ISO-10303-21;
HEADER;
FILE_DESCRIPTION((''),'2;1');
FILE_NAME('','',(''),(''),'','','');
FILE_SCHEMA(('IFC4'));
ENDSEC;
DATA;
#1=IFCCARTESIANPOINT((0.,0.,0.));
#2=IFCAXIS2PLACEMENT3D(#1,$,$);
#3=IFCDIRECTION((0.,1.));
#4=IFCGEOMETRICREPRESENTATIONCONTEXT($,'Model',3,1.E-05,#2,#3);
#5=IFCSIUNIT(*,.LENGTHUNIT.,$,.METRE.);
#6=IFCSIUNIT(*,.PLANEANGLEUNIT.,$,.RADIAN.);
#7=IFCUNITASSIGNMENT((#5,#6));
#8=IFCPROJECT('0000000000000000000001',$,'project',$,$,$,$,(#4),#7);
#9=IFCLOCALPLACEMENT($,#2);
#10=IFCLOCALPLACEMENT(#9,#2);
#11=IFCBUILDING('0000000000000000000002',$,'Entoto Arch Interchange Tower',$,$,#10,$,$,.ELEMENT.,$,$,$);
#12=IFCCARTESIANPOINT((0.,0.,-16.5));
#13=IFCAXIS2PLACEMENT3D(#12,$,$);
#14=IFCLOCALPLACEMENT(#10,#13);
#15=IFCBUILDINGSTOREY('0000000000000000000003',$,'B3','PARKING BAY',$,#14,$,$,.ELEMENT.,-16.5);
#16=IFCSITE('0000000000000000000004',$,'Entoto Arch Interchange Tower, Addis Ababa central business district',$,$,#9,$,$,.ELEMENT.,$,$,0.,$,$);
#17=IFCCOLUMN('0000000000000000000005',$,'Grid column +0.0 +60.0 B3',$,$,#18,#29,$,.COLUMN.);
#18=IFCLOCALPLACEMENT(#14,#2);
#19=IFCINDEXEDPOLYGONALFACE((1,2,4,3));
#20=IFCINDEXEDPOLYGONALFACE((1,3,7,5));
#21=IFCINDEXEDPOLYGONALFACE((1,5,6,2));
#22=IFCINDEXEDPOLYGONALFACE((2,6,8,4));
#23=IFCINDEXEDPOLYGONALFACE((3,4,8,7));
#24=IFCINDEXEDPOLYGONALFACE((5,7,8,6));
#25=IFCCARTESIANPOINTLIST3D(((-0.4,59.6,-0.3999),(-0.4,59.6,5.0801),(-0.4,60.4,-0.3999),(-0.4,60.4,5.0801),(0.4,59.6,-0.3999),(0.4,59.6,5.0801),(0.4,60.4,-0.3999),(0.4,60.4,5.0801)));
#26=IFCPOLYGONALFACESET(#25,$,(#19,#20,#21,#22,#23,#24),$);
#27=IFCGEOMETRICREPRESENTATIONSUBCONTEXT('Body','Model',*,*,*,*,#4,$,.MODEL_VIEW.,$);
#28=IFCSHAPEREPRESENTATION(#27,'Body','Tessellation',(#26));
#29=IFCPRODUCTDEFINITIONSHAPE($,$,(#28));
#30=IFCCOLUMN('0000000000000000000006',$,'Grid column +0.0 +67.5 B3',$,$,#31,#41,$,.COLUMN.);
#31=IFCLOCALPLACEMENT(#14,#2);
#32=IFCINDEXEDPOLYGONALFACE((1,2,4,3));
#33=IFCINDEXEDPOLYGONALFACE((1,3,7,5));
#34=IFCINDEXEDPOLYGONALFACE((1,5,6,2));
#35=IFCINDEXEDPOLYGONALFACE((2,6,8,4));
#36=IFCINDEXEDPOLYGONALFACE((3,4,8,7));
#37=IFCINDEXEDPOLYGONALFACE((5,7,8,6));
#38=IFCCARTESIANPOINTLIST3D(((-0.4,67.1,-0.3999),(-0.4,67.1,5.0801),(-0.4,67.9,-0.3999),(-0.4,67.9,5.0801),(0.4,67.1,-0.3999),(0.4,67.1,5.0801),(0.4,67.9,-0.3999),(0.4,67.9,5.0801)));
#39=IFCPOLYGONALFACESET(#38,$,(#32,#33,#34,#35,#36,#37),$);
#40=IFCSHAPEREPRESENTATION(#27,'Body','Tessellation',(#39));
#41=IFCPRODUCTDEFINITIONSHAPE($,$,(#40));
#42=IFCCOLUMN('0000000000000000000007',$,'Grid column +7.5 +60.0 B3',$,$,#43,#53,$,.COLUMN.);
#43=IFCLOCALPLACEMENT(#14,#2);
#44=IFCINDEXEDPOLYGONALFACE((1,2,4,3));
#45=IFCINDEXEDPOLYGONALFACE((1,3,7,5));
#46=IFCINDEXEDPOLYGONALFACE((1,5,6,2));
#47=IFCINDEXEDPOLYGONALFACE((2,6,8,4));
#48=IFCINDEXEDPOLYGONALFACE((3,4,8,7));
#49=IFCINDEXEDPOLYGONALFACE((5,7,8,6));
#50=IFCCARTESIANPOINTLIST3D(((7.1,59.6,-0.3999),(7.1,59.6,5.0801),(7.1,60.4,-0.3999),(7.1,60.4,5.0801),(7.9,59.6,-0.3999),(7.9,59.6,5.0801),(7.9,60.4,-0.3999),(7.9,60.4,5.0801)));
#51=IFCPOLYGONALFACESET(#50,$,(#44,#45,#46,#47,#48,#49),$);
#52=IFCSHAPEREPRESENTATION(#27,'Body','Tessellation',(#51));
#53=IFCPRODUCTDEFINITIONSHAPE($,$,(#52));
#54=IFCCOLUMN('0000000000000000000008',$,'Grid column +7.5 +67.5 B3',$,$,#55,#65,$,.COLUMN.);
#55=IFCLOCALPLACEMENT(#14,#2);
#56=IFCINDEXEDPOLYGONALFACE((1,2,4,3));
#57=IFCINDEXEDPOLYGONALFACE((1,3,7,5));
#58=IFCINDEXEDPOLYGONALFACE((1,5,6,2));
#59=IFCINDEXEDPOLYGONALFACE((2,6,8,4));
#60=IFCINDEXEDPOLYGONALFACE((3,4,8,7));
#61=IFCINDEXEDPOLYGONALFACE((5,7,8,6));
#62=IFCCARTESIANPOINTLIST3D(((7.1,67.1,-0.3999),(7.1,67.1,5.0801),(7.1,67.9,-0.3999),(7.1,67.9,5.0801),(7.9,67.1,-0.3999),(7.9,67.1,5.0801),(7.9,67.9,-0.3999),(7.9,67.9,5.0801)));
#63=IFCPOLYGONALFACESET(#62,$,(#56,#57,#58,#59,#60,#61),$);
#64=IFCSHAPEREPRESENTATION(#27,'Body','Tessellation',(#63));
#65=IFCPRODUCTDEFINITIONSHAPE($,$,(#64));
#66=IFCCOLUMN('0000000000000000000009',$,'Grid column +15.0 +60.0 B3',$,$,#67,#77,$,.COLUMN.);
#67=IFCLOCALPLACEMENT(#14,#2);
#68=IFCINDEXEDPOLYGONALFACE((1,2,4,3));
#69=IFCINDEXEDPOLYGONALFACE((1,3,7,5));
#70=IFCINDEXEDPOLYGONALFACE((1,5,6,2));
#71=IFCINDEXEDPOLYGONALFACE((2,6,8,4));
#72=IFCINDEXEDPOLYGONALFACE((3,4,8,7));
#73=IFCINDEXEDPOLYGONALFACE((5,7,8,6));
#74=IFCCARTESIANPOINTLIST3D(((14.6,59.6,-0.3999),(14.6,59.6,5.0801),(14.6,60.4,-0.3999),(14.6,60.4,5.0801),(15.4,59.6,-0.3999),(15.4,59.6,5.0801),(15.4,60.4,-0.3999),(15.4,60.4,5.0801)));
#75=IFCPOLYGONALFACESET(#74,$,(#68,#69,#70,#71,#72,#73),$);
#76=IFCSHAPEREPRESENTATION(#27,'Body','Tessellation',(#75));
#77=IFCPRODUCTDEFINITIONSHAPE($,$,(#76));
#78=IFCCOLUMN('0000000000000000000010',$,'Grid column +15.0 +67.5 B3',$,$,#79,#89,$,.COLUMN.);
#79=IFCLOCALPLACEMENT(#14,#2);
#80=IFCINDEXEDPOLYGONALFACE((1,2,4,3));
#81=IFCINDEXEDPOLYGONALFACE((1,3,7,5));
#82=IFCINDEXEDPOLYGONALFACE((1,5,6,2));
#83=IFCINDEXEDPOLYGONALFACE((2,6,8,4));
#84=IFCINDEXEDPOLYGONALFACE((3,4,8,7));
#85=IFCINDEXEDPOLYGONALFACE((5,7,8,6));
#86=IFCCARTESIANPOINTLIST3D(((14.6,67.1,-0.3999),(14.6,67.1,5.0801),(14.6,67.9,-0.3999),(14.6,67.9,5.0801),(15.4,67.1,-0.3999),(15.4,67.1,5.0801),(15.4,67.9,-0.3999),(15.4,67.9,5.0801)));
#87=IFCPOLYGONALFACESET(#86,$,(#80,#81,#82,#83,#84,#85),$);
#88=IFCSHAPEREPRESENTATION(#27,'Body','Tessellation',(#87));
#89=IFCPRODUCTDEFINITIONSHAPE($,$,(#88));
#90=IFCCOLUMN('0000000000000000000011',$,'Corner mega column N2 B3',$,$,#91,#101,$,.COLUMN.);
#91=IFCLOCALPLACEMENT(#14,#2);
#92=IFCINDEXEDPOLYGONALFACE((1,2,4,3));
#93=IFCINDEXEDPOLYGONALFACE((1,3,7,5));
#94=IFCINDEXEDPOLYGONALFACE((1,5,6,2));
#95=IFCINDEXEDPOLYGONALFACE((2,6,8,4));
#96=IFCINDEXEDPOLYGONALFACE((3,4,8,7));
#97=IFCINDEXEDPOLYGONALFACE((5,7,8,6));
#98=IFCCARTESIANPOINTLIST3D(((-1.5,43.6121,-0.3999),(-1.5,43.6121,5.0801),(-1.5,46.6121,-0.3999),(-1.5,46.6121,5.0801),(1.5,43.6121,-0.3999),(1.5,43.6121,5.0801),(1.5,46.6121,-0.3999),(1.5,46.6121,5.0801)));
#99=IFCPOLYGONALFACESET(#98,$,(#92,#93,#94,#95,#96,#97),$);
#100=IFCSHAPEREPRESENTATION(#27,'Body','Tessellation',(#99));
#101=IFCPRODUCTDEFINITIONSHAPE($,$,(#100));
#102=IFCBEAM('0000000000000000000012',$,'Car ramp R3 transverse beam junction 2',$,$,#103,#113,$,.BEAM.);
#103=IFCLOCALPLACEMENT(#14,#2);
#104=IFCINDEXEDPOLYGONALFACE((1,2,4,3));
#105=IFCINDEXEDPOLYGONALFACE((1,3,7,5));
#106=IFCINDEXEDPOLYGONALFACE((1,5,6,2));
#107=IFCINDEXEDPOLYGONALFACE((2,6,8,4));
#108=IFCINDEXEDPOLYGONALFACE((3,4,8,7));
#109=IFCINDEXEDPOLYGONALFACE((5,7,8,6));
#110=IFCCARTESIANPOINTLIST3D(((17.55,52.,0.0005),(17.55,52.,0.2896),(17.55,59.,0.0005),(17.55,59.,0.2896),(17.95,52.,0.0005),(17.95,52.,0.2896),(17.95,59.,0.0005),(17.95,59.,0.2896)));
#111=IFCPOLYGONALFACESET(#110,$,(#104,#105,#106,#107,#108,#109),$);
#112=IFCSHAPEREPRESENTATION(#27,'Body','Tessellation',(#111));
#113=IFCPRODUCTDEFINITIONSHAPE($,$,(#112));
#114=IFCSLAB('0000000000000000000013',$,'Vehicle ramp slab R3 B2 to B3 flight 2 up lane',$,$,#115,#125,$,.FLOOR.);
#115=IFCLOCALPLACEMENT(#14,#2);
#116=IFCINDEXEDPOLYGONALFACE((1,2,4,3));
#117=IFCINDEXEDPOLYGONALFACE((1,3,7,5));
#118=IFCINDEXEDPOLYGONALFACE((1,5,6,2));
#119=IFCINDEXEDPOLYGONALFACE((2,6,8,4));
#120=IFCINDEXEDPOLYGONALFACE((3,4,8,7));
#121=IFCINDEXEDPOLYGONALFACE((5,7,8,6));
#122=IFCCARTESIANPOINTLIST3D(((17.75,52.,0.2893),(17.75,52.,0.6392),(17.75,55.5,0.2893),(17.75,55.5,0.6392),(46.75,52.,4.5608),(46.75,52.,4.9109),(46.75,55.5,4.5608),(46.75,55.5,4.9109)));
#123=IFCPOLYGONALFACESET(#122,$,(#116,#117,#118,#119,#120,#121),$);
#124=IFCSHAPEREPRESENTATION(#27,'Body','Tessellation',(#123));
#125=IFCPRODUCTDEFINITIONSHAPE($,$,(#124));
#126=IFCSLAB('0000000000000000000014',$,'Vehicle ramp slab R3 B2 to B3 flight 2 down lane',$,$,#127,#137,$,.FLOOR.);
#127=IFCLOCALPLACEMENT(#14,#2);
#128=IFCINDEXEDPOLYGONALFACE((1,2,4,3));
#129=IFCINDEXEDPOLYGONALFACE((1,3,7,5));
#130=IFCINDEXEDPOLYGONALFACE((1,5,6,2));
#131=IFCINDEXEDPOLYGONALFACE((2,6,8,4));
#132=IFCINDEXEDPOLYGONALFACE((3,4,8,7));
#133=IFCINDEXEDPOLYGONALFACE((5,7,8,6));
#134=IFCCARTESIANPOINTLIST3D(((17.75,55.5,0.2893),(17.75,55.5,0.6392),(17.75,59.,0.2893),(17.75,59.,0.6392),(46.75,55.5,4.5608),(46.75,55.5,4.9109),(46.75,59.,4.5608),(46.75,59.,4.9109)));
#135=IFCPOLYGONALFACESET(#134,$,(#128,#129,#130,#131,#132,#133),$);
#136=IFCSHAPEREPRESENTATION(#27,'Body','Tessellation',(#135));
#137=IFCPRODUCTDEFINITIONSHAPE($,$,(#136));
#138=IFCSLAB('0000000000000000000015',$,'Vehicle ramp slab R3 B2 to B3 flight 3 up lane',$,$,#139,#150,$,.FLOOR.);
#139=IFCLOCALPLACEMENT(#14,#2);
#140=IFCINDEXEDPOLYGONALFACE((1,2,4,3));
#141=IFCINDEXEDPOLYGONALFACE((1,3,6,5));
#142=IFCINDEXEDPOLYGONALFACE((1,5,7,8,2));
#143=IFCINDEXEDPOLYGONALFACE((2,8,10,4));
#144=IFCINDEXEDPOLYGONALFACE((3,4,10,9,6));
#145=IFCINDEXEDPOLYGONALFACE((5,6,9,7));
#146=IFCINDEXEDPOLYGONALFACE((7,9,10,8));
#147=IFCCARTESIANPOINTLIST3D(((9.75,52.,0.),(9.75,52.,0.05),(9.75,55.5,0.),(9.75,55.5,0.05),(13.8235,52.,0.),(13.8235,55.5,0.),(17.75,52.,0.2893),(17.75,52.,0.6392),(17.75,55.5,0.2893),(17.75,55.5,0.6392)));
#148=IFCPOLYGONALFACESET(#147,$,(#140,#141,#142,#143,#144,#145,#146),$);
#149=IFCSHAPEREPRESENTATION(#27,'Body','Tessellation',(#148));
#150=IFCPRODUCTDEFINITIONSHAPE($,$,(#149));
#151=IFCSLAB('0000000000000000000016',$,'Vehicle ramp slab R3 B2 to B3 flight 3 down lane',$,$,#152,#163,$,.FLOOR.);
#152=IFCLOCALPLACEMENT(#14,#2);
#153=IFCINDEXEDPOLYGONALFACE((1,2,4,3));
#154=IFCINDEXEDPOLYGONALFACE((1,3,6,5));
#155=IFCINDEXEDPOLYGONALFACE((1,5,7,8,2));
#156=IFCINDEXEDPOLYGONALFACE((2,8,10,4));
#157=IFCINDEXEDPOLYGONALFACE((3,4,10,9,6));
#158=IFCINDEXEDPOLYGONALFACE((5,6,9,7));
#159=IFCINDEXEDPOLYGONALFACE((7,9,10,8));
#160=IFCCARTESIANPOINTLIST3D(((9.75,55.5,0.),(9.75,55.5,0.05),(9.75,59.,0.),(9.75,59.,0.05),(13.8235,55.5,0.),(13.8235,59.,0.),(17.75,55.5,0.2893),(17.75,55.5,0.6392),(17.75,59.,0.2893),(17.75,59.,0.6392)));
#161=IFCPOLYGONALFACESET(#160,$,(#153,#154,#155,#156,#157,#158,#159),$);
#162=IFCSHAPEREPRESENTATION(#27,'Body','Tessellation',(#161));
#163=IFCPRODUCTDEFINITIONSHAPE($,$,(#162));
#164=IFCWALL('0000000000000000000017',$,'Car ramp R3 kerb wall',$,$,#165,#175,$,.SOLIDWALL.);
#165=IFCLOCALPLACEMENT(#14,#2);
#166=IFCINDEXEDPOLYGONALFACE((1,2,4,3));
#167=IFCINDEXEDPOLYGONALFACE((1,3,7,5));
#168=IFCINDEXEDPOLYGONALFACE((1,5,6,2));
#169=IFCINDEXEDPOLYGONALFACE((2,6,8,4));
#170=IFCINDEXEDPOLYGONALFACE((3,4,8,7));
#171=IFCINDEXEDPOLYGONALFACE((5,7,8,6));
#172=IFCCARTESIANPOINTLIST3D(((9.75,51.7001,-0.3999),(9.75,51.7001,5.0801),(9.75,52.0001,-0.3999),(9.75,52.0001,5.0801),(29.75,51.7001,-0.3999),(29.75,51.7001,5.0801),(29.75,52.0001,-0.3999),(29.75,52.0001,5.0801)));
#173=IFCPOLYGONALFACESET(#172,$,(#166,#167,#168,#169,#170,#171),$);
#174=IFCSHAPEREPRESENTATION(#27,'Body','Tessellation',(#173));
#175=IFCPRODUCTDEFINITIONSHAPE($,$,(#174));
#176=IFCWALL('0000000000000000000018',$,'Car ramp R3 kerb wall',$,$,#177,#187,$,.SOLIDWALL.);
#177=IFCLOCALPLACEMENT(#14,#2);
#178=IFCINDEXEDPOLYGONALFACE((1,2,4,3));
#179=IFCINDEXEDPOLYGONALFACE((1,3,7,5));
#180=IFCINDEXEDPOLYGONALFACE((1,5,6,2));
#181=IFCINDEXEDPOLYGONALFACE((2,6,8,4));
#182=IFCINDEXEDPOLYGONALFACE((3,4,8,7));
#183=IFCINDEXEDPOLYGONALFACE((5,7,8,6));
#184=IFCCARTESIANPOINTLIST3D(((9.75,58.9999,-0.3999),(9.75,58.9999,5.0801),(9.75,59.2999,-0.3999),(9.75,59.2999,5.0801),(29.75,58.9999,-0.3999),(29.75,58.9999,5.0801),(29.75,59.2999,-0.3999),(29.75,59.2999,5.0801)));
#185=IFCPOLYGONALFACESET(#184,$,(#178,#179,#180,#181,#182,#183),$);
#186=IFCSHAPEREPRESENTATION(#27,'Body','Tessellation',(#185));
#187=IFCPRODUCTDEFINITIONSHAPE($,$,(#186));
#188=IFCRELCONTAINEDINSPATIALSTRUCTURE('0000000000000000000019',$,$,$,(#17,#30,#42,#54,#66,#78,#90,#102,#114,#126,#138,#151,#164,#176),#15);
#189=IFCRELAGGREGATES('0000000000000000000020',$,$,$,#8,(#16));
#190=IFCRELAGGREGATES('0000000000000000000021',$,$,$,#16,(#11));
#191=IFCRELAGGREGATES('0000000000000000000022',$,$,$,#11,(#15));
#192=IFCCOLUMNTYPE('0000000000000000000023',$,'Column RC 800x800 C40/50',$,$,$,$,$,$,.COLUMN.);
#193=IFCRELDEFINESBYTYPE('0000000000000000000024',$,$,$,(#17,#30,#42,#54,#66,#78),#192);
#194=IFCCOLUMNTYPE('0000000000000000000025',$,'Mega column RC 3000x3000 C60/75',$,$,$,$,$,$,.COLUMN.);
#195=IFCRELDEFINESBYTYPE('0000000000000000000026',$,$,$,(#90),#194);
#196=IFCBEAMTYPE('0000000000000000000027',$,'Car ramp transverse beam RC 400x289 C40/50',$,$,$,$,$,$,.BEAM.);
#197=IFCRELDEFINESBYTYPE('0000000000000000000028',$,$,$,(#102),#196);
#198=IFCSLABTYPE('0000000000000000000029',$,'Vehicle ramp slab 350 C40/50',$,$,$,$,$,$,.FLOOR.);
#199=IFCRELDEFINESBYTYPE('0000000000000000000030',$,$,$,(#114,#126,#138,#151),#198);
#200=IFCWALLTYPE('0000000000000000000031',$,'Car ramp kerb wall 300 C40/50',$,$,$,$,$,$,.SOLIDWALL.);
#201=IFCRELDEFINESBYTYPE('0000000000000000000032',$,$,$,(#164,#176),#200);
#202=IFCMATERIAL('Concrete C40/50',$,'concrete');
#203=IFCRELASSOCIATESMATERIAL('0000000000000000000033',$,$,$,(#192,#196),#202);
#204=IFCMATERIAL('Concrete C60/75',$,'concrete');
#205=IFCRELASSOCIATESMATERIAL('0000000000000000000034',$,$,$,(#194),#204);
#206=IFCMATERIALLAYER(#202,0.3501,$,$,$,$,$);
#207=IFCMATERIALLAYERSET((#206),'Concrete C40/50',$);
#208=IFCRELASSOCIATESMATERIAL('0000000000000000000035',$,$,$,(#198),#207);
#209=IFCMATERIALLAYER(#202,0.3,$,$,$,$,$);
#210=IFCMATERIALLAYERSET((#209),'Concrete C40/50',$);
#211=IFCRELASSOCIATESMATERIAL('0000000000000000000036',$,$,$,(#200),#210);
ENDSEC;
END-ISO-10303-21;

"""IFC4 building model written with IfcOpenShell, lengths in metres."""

from ifc_helpers import new_model, si_unit, direction, frame, frame_2d, origin, origin_2d, place, context, subcontext, project, spatial, polyline, rectangle, outline, extrude, material, layer, layer_set, material_profile, profile_set, type_object, element, save


model = new_model("IFC4")

# Units and contexts
model_context = context("Model", 3, precision=1e-05, world=origin(), true_north=direction((0.0, 1.0)))
body_context = subcontext(model_context, "Body", "Model", "MODEL_VIEW")
ifc_project = project(units=[si_unit("LENGTHUNIT", "METRE"), si_unit("PLANEANGLEUNIT", "RADIAN")], contexts=[model_context])

# Site, building, storey
site_placement = place(None, origin())
site = spatial("IfcSite", under=ifc_project, at=site_placement, Name="Entoto Arch Interchange Tower, Addis Ababa central business district", CompositionType="ELEMENT", RefElevation=0.0)
building_placement = place(site_placement, origin())
building = spatial("IfcBuilding", under=site, at=building_placement, Name="Entoto Arch Interchange Tower", CompositionType="ELEMENT")
storey_placement = place(building_placement, frame((0.0, 0.0, -16.5)))
storey = spatial("IfcBuildingStorey", under=building, at=storey_placement, Name="B3", Description="PARKING BAY", CompositionType="ELEMENT", Elevation=-16.5)

# Columns
ifc_material_1 = material(Name="Concrete C60/75", Category="concrete")
ifc_material_2 = material(Name="Concrete C40/50", Category="concrete")
ifc_material_profile_1 = material_profile(ifc_material_2, rectangle(XDim=0.8, YDim=0.8, at=origin_2d()))
ifc_profile_set_1 = profile_set([ifc_material_profile_1], Name="Concrete C40/50")
column_type_1 = type_object("IfcColumnType", Name="Column RC 800x800 C40/50", PredefinedType="COLUMN", material=ifc_profile_set_1)
for number, where, z_axis, x_axis, name in (
    (1, (0.0, 60.0, -0.3999), (0.0, 0.0, 1.0), (1.0, 0.0, 0.0), "Grid column +0.0 +60.0 B3"),
    (2, (0.0, 67.5, -0.3999), (0.0, 0.0, 1.0), (1.0, 0.0, 0.0), "Grid column +0.0 +67.5 B3"),
    (3, (7.5, 60.0, -0.3999), (0.0, 0.0, 1.0), (1.0, 0.0, 0.0), "Grid column +7.5 +60.0 B3"),
    (4, (7.5, 67.5, -0.3999), (0.0, 0.0, 1.0), (1.0, 0.0, 0.0), "Grid column +7.5 +67.5 B3"),
    (5, (15.0, 60.0, -0.3999), (0.0, 0.0, 1.0), (1.0, 0.0, 0.0), "Grid column +15.0 +60.0 B3"),
    (6, (15.0, 67.5, -0.3999), (0.0, 0.0, 1.0), (1.0, 0.0, 0.0), "Grid column +15.0 +67.5 B3"),
):
    element("IfcColumn", number, at=place(storey_placement, frame(where, z_axis=z_axis, x_axis=x_axis)), inside=storey, type_object=column_type_1, Name=name, PredefinedType="COLUMN", context=body_context, shape_type="SweptSolid", body=[
        extrude(rectangle(XDim=0.8, YDim=0.8, at=origin_2d()), origin(), (0.0, 0.0, 1.0), 5.48),
    ])
ifc_material_profile_2 = material_profile(ifc_material_1, rectangle(XDim=3.0, YDim=3.0, at=origin_2d()))
ifc_profile_set_2 = profile_set([ifc_material_profile_2], Name="Concrete C60/75")
column_type_2 = type_object("IfcColumnType", Name="Mega column RC 3000x3000 C60/75", PredefinedType="COLUMN", material=ifc_profile_set_2)
column_placement = place(storey_placement, frame((0.0, 45.1121, -0.3999), z_axis=(0.0, 0.0, 1.0), x_axis=(0.0, 1.0, 0.0)))
element("IfcColumn", 7, at=column_placement, inside=storey, type_object=column_type_2, Name="Corner mega column N2 B3", PredefinedType="COLUMN", context=body_context, shape_type="SweptSolid", body=[
    extrude(rectangle(XDim=3.0, YDim=3.0, at=origin_2d()), origin(), (0.0, 0.0, 1.0), 5.48),
])

# Beam
ifc_material_profile_3 = material_profile(ifc_material_2, rectangle(XDim=0.3999, YDim=0.2891, at=origin_2d()))
ifc_profile_set_3 = profile_set([ifc_material_profile_3], Name="Concrete C40/50")
beam_type = type_object("IfcBeamType", Name="Car ramp transverse beam RC 400x289 C40/50", PredefinedType="BEAM", material=ifc_profile_set_3)
beam_placement = place(storey_placement, frame((17.75, 52.0, 0.145), z_axis=(0.0, 1.0, 0.0), x_axis=(-1.0, 0.0, 0.0)))
element("IfcBeam", 8, at=beam_placement, inside=storey, type_object=beam_type, Name="Car ramp R3 transverse beam junction 2", PredefinedType="BEAM", context=body_context, shape_type="SweptSolid", body=[
    extrude(rectangle(XDim=0.3999, YDim=0.2891, at=origin_2d()), origin(), (0.0, 0.0, 1.0), 7.0),
])

# Slabs
ifc_layer_1 = layer(ifc_material_2, 0.3501)
ifc_layer_set_1 = layer_set([ifc_layer_1], Name="Concrete C40/50")
slab_type = type_object("IfcSlabType", Name="Vehicle ramp slab 350 C40/50", PredefinedType="FLOOR", material=ifc_layer_set_1)
for number, where, z_axis, x_axis, name in (
    (9, (17.75, 52.0, 0.6392), (0.0, 0.0, 1.0), (1.0, 0.0, 0.0), "Vehicle ramp slab R3 B2 to B3 flight 2 up lane"),
    (10, (17.75, 55.5, 0.6392), (0.0, 0.0, 1.0), (1.0, 0.0, 0.0), "Vehicle ramp slab R3 B2 to B3 flight 2 down lane"),
):
    element("IfcSlab", number, at=place(storey_placement, frame(where, z_axis=z_axis, x_axis=x_axis)), inside=storey, type_object=slab_type, Name=name, PredefinedType="FLOOR", context=body_context, shape_type="SweptSolid", body=[
        extrude(outline(polyline([(0.0, -0.3499), (29.0, 3.9216), (29.0, 4.2717), (0.0, 0.0), (0.0, -0.3499)])), frame((0.0, 3.5, 0.0), z_axis=(0.0, -1.0, 0.0), x_axis=(1.0, 0.0, 0.0)), (0.0, 0.0, 1.0), 3.5),
    ])
for number, where, z_axis, x_axis, name in (
    (11, (9.75, 52.0, 0.05), (0.0, 0.0, 1.0), (1.0, 0.0, 0.0), "Vehicle ramp slab R3 B2 to B3 flight 3 up lane"),
    (12, (9.75, 55.5, 0.05), (0.0, 0.0, 1.0), (1.0, 0.0, 0.0), "Vehicle ramp slab R3 B2 to B3 flight 3 down lane"),
):
    element("IfcSlab", number, at=place(storey_placement, frame(where, z_axis=z_axis, x_axis=x_axis)), inside=storey, type_object=slab_type, Name=name, PredefinedType="FLOOR", context=body_context, shape_type="SweptSolid", body=[
        extrude(outline(polyline([(0.0, -0.05), (4.0735, -0.05), (8.0, 0.2393), (8.0, 0.5891), (0.0, 0.0), (0.0, -0.05)])), frame((0.0, 3.5, 0.0), z_axis=(0.0, -1.0, 0.0), x_axis=(1.0, 0.0, 0.0)), (0.0, 0.0, 1.0), 3.5),
    ])

# Walls
ifc_layer_2 = layer(ifc_material_2, 0.3)
ifc_layer_set_2 = layer_set([ifc_layer_2], Name="Concrete C40/50")
wall_type = type_object("IfcWallType", Name="Car ramp kerb wall 300 C40/50", PredefinedType="SOLIDWALL", material=ifc_layer_set_2)
for number, where, z_axis, x_axis, name in (
    (13, (9.75, 51.8501, -0.3999), (0.0, 0.0, 1.0), (1.0, 0.0, 0.0), "Car ramp R3 kerb wall"),
    (14, (9.75, 59.1499, -0.3999), (0.0, 0.0, 1.0), (1.0, 0.0, 0.0), "Car ramp R3 kerb wall"),
):
    element("IfcWall", number, at=place(storey_placement, frame(where, z_axis=z_axis, x_axis=x_axis)), inside=storey, type_object=wall_type, Name=name, PredefinedType="SOLIDWALL", context=body_context, shape_type="SweptSolid", body=[
        extrude(rectangle(XDim=20.0, YDim=0.3, at=frame_2d((10.0, 0.0))), origin(), (0.0, 0.0, 1.0), 5.48),
    ])

save(model, "model.ifc")
